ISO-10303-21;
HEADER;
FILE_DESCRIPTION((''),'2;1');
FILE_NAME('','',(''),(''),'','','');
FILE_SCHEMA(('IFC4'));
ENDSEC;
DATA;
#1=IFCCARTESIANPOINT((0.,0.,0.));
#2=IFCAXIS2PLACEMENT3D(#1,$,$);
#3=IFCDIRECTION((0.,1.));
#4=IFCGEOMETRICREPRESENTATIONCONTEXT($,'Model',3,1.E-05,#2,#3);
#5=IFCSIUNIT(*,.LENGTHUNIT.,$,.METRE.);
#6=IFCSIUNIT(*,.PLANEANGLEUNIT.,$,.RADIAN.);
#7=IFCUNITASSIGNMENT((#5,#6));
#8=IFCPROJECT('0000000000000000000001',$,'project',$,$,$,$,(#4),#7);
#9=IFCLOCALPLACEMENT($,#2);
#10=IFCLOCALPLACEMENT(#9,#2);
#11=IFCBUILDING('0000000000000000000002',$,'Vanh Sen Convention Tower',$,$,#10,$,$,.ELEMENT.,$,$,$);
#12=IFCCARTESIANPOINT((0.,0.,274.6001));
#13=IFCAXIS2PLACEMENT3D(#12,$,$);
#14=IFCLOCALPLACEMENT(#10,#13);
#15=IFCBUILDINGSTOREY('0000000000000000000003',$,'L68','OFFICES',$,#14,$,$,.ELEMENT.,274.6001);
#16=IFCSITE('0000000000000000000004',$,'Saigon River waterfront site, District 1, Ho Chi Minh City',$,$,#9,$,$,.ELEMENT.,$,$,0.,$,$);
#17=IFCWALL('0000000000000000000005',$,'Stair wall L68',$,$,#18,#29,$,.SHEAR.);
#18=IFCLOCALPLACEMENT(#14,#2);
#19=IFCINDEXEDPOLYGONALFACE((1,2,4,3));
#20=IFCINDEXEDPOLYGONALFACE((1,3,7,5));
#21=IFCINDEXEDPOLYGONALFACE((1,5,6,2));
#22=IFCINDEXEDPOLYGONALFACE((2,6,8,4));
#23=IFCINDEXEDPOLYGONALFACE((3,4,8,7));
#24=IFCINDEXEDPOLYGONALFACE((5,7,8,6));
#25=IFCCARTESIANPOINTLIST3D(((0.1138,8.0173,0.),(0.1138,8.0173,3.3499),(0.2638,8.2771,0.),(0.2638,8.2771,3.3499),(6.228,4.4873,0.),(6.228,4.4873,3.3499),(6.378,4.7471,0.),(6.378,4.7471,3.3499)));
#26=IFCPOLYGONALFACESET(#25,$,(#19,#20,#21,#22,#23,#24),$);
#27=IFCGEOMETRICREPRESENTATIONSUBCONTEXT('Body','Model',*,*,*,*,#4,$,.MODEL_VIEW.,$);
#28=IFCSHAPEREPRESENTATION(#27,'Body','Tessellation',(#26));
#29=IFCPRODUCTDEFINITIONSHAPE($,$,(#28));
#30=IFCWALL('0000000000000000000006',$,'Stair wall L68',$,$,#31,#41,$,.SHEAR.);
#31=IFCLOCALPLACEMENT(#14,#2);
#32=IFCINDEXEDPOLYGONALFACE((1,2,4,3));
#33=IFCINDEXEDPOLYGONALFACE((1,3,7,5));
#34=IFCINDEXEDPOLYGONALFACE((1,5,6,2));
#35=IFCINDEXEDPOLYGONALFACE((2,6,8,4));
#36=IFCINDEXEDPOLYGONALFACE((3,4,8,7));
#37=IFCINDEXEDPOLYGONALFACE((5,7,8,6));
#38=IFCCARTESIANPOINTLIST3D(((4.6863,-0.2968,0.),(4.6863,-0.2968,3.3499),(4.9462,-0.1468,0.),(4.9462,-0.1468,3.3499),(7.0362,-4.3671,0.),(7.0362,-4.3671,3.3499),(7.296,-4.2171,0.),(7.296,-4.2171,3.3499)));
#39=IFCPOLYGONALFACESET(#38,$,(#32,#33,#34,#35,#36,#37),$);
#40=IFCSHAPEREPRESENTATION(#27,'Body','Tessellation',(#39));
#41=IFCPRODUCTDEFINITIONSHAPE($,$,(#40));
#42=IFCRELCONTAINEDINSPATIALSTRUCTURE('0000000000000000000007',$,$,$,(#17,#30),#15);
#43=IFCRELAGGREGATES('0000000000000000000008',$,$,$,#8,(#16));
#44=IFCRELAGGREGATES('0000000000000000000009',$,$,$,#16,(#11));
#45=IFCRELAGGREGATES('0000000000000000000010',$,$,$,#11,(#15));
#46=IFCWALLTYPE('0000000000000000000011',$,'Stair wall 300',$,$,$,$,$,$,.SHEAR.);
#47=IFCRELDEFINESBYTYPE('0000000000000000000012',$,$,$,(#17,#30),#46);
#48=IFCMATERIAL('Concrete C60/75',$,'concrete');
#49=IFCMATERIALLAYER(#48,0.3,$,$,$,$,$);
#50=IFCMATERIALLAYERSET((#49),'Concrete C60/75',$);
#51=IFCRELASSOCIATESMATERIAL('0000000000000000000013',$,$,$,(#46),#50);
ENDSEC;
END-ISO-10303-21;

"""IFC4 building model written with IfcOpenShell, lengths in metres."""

from ifc_helpers import new_model, si_unit, direction, frame, frame_2d, origin, place, context, subcontext, project, spatial, rectangle, extrude, material, layer, layer_set, type_object, element, save


model = new_model("IFC4")

# Units and contexts
model_context = context("Model", 3, precision=1e-05, world=origin(), true_north=direction((0.0, 1.0)))
body_context = subcontext(model_context, "Body", "Model", "MODEL_VIEW")
ifc_project = project(units=[si_unit("LENGTHUNIT", "METRE"), si_unit("PLANEANGLEUNIT", "RADIAN")], contexts=[model_context])

# Site, building, storey
site_placement = place(None, origin())
site = spatial("IfcSite", under=ifc_project, at=site_placement, Name="Saigon River waterfront site, District 1, Ho Chi Minh City", CompositionType="ELEMENT", RefElevation=0.0)
building_placement = place(site_placement, origin())
building = spatial("IfcBuilding", under=site, at=building_placement, Name="Vanh Sen Convention Tower", CompositionType="ELEMENT")
storey_placement = place(building_placement, frame((0.0, 0.0, 274.6001)))
storey = spatial("IfcBuildingStorey", under=building, at=storey_placement, Name="L68", Description="OFFICES", CompositionType="ELEMENT", Elevation=274.6001)

# Shared definitions
ifc_material_1 = material(Name="Concrete C60/75", Category="concrete")

# Shared definitions
ifc_layer_1 = layer(ifc_material_1, 0.3)
ifc_layer_set_1 = layer_set([ifc_layer_1], Name="Concrete C60/75")
wall_type_1 = type_object("IfcWallType", Name="Stair wall 300", PredefinedType="SHEAR", material=ifc_layer_set_1)

# Walls
for number, where, z_axis, x_axis, name in (
    (1, (6.303, 4.6172, 0.0), (0.0, 0.0, 1.0), (-0.866028, 0.499996, 0.0), "Stair wall L68"),
):
    element("IfcWall", number, at=place(storey_placement, frame(where, z_axis=z_axis, x_axis=x_axis)), inside=storey, type_object=wall_type_1, Name=name, PredefinedType="SHEAR", context=body_context, shape_type="SweptSolid", body=[
        extrude(rectangle(XDim=7.0601, YDim=0.3, at=frame_2d((3.53, 0.0))), origin(), (0.0, 0.0, 1.0), 3.3499),
    ])
wall_1_placement = place(storey_placement, frame((4.8162, -0.2217, 0.0), z_axis=(0.0, 0.0, 1.0), x_axis=(0.499977, -0.866039, 0.0)))
element("IfcWall", 2, at=wall_1_placement, inside=storey, type_object=wall_type_1, Name="Stair wall L68", PredefinedType="SHEAR", context=body_context, shape_type="SweptSolid", body=[
    extrude(rectangle(XDim=4.7, YDim=0.3, at=frame_2d((2.3501, 0.0))), origin(), (0.0, 0.0, 1.0), 3.3499),
])

save(model, "model.ifc")
